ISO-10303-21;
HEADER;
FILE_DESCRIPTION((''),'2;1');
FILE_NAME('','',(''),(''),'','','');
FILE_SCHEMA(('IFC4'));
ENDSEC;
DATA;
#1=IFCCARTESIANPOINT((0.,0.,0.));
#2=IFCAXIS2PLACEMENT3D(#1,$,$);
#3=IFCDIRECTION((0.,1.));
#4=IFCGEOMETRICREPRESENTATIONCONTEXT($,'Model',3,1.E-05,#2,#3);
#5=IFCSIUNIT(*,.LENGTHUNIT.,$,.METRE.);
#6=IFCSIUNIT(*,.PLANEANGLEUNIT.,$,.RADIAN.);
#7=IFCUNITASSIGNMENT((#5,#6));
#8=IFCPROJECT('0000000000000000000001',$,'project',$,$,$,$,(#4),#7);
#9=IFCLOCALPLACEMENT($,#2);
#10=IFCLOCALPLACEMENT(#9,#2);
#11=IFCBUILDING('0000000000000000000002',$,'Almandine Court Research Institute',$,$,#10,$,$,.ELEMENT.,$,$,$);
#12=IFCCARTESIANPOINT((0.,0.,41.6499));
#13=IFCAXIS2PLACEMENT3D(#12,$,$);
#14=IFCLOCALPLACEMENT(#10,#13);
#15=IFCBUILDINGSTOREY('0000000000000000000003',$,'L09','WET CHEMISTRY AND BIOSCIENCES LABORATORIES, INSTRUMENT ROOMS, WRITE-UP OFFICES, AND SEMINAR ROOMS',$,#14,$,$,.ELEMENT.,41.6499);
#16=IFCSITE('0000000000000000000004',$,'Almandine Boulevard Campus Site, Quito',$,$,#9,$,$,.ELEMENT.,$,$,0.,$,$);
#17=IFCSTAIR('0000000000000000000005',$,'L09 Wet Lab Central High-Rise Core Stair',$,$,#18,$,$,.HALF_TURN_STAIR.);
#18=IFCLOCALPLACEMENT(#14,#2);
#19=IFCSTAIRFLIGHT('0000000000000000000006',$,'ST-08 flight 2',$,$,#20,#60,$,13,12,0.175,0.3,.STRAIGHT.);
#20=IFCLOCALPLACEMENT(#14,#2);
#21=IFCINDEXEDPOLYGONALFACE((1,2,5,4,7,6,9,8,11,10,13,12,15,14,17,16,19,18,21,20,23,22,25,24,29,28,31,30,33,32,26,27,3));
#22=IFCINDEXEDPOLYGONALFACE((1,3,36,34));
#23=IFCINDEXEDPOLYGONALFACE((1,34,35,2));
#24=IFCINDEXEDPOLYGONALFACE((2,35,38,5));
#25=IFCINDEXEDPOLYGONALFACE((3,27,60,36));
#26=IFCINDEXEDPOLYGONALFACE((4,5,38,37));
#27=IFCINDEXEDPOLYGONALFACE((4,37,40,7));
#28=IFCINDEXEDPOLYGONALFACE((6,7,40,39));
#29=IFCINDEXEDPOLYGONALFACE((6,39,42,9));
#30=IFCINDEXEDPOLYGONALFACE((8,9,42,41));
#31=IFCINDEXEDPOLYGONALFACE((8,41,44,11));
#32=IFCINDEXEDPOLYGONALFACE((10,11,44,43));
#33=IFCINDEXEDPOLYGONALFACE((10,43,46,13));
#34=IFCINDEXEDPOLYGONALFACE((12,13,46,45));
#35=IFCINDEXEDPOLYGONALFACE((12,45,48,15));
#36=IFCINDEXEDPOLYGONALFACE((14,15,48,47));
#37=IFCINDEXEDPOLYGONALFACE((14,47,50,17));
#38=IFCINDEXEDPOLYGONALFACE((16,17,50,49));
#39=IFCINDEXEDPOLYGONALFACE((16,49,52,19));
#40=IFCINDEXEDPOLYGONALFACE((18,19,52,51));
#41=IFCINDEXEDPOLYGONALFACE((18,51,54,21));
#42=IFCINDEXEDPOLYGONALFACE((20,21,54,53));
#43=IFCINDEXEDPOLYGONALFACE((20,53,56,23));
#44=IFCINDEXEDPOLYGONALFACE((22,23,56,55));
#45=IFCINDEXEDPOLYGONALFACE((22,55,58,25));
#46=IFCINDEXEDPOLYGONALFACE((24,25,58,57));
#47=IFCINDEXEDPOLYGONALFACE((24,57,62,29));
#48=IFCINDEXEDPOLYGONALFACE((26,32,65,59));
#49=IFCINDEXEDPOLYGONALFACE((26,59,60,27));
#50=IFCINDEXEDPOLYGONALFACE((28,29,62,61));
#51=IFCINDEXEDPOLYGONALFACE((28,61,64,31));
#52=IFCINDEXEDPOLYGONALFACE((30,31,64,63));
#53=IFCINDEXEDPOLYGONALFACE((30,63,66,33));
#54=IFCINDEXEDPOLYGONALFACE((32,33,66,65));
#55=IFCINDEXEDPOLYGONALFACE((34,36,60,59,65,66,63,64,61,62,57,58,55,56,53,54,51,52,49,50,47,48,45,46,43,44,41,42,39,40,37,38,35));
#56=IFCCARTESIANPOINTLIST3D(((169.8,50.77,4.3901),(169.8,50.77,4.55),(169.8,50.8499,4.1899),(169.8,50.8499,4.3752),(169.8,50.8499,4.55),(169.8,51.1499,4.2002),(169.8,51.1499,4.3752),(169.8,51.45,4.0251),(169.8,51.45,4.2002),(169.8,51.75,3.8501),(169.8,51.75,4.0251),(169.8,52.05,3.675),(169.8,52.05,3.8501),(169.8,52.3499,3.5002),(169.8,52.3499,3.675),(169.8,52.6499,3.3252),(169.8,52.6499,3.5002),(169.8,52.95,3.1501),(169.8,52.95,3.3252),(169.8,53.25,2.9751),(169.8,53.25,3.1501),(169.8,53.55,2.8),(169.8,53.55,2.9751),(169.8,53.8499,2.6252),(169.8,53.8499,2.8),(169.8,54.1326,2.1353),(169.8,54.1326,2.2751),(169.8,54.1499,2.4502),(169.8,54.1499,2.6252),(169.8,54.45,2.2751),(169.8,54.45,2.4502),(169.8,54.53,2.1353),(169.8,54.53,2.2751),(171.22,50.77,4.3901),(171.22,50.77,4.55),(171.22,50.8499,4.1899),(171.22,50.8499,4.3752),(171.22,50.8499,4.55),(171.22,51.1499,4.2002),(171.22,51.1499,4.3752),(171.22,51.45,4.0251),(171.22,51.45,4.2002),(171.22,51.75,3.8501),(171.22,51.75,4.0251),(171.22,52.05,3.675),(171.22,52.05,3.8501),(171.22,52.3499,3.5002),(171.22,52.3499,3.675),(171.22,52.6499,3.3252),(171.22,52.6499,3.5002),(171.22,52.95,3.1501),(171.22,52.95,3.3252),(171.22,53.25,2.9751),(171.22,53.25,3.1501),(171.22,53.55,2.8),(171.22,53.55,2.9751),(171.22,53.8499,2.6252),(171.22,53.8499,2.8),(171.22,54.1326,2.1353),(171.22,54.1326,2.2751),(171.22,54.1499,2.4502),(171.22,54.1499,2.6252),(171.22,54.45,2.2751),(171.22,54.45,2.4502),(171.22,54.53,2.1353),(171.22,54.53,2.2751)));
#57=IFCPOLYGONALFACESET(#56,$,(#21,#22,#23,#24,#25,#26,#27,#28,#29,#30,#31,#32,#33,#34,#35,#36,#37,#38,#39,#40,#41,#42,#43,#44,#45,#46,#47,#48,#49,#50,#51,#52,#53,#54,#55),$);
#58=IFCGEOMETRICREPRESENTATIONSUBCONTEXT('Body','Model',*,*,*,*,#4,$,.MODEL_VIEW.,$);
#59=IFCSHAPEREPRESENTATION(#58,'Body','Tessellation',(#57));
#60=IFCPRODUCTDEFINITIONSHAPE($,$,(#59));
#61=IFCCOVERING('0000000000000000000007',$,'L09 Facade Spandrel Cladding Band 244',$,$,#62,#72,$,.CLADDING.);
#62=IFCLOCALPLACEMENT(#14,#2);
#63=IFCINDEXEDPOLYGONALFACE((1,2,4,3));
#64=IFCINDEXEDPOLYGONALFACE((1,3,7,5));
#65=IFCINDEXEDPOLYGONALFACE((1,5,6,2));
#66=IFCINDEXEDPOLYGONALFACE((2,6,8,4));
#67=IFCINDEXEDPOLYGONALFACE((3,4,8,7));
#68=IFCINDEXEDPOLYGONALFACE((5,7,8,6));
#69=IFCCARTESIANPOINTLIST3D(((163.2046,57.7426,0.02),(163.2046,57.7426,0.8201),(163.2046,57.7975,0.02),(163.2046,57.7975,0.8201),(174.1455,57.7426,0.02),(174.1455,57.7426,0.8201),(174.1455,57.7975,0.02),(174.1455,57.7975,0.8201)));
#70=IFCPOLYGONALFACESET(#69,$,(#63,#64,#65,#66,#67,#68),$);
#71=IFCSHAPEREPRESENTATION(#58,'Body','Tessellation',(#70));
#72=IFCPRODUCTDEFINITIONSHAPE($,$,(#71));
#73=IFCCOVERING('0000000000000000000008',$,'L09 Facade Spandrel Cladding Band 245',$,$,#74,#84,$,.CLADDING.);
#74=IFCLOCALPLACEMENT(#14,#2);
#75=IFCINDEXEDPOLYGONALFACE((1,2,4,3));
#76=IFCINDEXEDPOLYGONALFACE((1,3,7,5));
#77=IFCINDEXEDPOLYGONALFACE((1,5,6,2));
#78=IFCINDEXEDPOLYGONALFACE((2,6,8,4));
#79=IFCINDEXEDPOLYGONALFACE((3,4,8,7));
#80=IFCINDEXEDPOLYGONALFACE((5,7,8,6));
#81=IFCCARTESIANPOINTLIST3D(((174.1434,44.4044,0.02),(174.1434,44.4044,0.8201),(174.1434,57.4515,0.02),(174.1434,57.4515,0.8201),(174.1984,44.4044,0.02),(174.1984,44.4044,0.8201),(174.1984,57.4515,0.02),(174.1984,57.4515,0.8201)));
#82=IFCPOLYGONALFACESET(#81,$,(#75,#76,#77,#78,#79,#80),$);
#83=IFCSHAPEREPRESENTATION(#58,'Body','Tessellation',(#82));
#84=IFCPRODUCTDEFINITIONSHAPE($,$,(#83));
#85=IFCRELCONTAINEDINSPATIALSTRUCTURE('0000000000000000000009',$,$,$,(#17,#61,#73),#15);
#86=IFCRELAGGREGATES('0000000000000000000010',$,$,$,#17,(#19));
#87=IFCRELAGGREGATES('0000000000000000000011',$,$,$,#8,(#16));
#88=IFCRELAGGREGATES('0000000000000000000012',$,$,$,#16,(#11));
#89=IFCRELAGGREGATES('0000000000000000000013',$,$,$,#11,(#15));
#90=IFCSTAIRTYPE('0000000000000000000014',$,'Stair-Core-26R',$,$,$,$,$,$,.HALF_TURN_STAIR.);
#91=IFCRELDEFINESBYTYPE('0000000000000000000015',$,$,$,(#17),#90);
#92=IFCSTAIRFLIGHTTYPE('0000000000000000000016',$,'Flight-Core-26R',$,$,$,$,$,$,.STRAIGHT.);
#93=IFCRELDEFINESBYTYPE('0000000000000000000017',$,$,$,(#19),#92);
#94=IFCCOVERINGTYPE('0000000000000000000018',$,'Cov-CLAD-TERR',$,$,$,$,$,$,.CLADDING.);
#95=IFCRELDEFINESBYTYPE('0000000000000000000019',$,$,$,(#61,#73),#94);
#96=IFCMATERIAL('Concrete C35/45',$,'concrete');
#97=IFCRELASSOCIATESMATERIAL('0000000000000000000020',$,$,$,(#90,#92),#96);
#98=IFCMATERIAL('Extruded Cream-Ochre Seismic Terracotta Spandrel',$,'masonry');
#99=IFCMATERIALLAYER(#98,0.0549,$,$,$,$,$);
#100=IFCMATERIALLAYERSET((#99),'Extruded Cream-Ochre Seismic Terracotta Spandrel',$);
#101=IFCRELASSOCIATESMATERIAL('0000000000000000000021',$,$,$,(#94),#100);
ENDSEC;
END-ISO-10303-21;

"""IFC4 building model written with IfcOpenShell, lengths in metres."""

from ifc_helpers import new_model, si_unit, direction, frame, origin, origin_2d, place, context, subcontext, project, spatial, polyline, rectangle, outline, extrude, material, layer, layer_set, type_object, element, aggregate, save


model = new_model("IFC4")

# Units and contexts
model_context = context("Model", 3, precision=1e-05, world=origin(), true_north=direction((0.0, 1.0)))
body_context = subcontext(model_context, "Body", "Model", "MODEL_VIEW")
ifc_project = project(units=[si_unit("LENGTHUNIT", "METRE"), si_unit("PLANEANGLEUNIT", "RADIAN")], contexts=[model_context])

# Site, building, storey
site_placement = place(None, origin())
site = spatial("IfcSite", under=ifc_project, at=site_placement, Name="Almandine Boulevard Campus Site, Quito", CompositionType="ELEMENT", RefElevation=0.0)
building_placement = place(site_placement, origin())
building = spatial("IfcBuilding", under=site, at=building_placement, Name="Almandine Court Research Institute", CompositionType="ELEMENT")
storey_placement = place(building_placement, frame((0.0, 0.0, 41.6499)))
storey = spatial("IfcBuildingStorey", under=building, at=storey_placement, Name="L09", Description="WET CHEMISTRY AND BIOSCIENCES LABORATORIES, INSTRUMENT ROOMS, WRITE-UP OFFICES, AND SEMINAR ROOMS", CompositionType="ELEMENT", Elevation=41.6499)

# Stair, stair flight
ifc_material_1 = material(Name="Concrete C35/45", Category="concrete")
stair_type = type_object("IfcStairType", Name="Stair-Core-26R", PredefinedType="HALF_TURN_STAIR", material=ifc_material_1)
stair_placement = place(storey_placement, origin())
stair = element("IfcStair", 1, at=stair_placement, inside=storey, type_object=stair_type, Name="L09 Wet Lab Central High-Rise Core Stair", PredefinedType="HALF_TURN_STAIR")
stair_flight_type = type_object("IfcStairFlightType", Name="Flight-Core-26R", PredefinedType="STRAIGHT", material=ifc_material_1)
stair_flight_1_placement = place(storey_placement, frame((170.51, 54.45, 2.2751), z_axis=(0.0, 0.0, 1.0), x_axis=(0.0, -1.0, 0.0)))
stair_flight_1 = element("IfcStairFlight", 2, at=stair_flight_1_placement, type_object=stair_flight_type, Name="ST-08 flight 2", NumberOfRisers=13, NumberOfTreads=12, PredefinedType="STRAIGHT", RiserHeight=0.175, TreadLength=0.3, context=body_context, shape_type="SweptSolid", body=[
    extrude(outline(polyline([(-0.0801, -0.1399), (-0.0801, 0.0), (0.0, 0.0), (0.0, 0.175), (0.3, 0.175), (0.3, 0.3501), (0.6001, 0.3501), (0.6001, 0.5249), (0.8999, 0.5249), (0.8999, 0.7), (1.2, 0.7), (1.2, 0.875), (1.5, 0.875), (1.5, 1.05), (1.8, 1.05), (1.8, 1.2251), (2.1001, 1.2251), (2.1001, 1.3999), (2.3999, 1.3999), (2.3999, 1.575), (2.7, 1.575), (2.7, 1.75), (3.0, 1.75), (3.0, 1.925), (3.3, 1.925), (3.3, 2.1001), (3.6001, 2.1001), (3.6001, 2.2749), (3.6799, 2.2749), (3.6799, 2.115), (3.6001, 1.9148), (0.3174, 0.0), (0.3174, -0.1399), (-0.0801, -0.1399)])), frame((0.0, 0.71, 0.0), z_axis=(0.0, -1.0, 0.0), x_axis=(1.0, 0.0, 0.0)), (0.0, 0.0, 1.0), 1.4199),
])
aggregate(stair, [stair_flight_1])

# Coverings
ifc_material_2 = material(Name="Extruded Cream-Ochre Seismic Terracotta Spandrel", Category="masonry")
ifc_layer_1 = layer(ifc_material_2, 0.0549)
ifc_layer_set_1 = layer_set([ifc_layer_1], Name="Extruded Cream-Ochre Seismic Terracotta Spandrel")
covering_type = type_object("IfcCoveringType", Name="Cov-CLAD-TERR", PredefinedType="CLADDING", material=ifc_layer_set_1)
covering_1_placement = place(storey_placement, frame((168.675, 57.77, 0.02), z_axis=(0.0, 0.0, 1.0), x_axis=(1.0, 0.0, 0.0)))
element("IfcCovering", 3, at=covering_1_placement, inside=storey, type_object=covering_type, Name="L09 Facade Spandrel Cladding Band 244", PredefinedType="CLADDING", context=body_context, shape_type="SweptSolid", body=[
    extrude(rectangle(XDim=10.9409, YDim=0.0549, at=origin_2d()), origin(), (0.0, 0.0, 1.0), 0.8),
])
covering_2_placement = place(storey_placement, frame((174.1709, 50.928, 0.02), z_axis=(0.0, 0.0, 1.0), x_axis=(0.0, -1.0, 0.0)))
element("IfcCovering", 4, at=covering_2_placement, inside=storey, type_object=covering_type, Name="L09 Facade Spandrel Cladding Band 245", PredefinedType="CLADDING", context=body_context, shape_type="SweptSolid", body=[
    extrude(rectangle(XDim=13.0471, YDim=0.0549, at=origin_2d()), origin(), (0.0, 0.0, 1.0), 0.8),
])

save(model, "model.ifc")
